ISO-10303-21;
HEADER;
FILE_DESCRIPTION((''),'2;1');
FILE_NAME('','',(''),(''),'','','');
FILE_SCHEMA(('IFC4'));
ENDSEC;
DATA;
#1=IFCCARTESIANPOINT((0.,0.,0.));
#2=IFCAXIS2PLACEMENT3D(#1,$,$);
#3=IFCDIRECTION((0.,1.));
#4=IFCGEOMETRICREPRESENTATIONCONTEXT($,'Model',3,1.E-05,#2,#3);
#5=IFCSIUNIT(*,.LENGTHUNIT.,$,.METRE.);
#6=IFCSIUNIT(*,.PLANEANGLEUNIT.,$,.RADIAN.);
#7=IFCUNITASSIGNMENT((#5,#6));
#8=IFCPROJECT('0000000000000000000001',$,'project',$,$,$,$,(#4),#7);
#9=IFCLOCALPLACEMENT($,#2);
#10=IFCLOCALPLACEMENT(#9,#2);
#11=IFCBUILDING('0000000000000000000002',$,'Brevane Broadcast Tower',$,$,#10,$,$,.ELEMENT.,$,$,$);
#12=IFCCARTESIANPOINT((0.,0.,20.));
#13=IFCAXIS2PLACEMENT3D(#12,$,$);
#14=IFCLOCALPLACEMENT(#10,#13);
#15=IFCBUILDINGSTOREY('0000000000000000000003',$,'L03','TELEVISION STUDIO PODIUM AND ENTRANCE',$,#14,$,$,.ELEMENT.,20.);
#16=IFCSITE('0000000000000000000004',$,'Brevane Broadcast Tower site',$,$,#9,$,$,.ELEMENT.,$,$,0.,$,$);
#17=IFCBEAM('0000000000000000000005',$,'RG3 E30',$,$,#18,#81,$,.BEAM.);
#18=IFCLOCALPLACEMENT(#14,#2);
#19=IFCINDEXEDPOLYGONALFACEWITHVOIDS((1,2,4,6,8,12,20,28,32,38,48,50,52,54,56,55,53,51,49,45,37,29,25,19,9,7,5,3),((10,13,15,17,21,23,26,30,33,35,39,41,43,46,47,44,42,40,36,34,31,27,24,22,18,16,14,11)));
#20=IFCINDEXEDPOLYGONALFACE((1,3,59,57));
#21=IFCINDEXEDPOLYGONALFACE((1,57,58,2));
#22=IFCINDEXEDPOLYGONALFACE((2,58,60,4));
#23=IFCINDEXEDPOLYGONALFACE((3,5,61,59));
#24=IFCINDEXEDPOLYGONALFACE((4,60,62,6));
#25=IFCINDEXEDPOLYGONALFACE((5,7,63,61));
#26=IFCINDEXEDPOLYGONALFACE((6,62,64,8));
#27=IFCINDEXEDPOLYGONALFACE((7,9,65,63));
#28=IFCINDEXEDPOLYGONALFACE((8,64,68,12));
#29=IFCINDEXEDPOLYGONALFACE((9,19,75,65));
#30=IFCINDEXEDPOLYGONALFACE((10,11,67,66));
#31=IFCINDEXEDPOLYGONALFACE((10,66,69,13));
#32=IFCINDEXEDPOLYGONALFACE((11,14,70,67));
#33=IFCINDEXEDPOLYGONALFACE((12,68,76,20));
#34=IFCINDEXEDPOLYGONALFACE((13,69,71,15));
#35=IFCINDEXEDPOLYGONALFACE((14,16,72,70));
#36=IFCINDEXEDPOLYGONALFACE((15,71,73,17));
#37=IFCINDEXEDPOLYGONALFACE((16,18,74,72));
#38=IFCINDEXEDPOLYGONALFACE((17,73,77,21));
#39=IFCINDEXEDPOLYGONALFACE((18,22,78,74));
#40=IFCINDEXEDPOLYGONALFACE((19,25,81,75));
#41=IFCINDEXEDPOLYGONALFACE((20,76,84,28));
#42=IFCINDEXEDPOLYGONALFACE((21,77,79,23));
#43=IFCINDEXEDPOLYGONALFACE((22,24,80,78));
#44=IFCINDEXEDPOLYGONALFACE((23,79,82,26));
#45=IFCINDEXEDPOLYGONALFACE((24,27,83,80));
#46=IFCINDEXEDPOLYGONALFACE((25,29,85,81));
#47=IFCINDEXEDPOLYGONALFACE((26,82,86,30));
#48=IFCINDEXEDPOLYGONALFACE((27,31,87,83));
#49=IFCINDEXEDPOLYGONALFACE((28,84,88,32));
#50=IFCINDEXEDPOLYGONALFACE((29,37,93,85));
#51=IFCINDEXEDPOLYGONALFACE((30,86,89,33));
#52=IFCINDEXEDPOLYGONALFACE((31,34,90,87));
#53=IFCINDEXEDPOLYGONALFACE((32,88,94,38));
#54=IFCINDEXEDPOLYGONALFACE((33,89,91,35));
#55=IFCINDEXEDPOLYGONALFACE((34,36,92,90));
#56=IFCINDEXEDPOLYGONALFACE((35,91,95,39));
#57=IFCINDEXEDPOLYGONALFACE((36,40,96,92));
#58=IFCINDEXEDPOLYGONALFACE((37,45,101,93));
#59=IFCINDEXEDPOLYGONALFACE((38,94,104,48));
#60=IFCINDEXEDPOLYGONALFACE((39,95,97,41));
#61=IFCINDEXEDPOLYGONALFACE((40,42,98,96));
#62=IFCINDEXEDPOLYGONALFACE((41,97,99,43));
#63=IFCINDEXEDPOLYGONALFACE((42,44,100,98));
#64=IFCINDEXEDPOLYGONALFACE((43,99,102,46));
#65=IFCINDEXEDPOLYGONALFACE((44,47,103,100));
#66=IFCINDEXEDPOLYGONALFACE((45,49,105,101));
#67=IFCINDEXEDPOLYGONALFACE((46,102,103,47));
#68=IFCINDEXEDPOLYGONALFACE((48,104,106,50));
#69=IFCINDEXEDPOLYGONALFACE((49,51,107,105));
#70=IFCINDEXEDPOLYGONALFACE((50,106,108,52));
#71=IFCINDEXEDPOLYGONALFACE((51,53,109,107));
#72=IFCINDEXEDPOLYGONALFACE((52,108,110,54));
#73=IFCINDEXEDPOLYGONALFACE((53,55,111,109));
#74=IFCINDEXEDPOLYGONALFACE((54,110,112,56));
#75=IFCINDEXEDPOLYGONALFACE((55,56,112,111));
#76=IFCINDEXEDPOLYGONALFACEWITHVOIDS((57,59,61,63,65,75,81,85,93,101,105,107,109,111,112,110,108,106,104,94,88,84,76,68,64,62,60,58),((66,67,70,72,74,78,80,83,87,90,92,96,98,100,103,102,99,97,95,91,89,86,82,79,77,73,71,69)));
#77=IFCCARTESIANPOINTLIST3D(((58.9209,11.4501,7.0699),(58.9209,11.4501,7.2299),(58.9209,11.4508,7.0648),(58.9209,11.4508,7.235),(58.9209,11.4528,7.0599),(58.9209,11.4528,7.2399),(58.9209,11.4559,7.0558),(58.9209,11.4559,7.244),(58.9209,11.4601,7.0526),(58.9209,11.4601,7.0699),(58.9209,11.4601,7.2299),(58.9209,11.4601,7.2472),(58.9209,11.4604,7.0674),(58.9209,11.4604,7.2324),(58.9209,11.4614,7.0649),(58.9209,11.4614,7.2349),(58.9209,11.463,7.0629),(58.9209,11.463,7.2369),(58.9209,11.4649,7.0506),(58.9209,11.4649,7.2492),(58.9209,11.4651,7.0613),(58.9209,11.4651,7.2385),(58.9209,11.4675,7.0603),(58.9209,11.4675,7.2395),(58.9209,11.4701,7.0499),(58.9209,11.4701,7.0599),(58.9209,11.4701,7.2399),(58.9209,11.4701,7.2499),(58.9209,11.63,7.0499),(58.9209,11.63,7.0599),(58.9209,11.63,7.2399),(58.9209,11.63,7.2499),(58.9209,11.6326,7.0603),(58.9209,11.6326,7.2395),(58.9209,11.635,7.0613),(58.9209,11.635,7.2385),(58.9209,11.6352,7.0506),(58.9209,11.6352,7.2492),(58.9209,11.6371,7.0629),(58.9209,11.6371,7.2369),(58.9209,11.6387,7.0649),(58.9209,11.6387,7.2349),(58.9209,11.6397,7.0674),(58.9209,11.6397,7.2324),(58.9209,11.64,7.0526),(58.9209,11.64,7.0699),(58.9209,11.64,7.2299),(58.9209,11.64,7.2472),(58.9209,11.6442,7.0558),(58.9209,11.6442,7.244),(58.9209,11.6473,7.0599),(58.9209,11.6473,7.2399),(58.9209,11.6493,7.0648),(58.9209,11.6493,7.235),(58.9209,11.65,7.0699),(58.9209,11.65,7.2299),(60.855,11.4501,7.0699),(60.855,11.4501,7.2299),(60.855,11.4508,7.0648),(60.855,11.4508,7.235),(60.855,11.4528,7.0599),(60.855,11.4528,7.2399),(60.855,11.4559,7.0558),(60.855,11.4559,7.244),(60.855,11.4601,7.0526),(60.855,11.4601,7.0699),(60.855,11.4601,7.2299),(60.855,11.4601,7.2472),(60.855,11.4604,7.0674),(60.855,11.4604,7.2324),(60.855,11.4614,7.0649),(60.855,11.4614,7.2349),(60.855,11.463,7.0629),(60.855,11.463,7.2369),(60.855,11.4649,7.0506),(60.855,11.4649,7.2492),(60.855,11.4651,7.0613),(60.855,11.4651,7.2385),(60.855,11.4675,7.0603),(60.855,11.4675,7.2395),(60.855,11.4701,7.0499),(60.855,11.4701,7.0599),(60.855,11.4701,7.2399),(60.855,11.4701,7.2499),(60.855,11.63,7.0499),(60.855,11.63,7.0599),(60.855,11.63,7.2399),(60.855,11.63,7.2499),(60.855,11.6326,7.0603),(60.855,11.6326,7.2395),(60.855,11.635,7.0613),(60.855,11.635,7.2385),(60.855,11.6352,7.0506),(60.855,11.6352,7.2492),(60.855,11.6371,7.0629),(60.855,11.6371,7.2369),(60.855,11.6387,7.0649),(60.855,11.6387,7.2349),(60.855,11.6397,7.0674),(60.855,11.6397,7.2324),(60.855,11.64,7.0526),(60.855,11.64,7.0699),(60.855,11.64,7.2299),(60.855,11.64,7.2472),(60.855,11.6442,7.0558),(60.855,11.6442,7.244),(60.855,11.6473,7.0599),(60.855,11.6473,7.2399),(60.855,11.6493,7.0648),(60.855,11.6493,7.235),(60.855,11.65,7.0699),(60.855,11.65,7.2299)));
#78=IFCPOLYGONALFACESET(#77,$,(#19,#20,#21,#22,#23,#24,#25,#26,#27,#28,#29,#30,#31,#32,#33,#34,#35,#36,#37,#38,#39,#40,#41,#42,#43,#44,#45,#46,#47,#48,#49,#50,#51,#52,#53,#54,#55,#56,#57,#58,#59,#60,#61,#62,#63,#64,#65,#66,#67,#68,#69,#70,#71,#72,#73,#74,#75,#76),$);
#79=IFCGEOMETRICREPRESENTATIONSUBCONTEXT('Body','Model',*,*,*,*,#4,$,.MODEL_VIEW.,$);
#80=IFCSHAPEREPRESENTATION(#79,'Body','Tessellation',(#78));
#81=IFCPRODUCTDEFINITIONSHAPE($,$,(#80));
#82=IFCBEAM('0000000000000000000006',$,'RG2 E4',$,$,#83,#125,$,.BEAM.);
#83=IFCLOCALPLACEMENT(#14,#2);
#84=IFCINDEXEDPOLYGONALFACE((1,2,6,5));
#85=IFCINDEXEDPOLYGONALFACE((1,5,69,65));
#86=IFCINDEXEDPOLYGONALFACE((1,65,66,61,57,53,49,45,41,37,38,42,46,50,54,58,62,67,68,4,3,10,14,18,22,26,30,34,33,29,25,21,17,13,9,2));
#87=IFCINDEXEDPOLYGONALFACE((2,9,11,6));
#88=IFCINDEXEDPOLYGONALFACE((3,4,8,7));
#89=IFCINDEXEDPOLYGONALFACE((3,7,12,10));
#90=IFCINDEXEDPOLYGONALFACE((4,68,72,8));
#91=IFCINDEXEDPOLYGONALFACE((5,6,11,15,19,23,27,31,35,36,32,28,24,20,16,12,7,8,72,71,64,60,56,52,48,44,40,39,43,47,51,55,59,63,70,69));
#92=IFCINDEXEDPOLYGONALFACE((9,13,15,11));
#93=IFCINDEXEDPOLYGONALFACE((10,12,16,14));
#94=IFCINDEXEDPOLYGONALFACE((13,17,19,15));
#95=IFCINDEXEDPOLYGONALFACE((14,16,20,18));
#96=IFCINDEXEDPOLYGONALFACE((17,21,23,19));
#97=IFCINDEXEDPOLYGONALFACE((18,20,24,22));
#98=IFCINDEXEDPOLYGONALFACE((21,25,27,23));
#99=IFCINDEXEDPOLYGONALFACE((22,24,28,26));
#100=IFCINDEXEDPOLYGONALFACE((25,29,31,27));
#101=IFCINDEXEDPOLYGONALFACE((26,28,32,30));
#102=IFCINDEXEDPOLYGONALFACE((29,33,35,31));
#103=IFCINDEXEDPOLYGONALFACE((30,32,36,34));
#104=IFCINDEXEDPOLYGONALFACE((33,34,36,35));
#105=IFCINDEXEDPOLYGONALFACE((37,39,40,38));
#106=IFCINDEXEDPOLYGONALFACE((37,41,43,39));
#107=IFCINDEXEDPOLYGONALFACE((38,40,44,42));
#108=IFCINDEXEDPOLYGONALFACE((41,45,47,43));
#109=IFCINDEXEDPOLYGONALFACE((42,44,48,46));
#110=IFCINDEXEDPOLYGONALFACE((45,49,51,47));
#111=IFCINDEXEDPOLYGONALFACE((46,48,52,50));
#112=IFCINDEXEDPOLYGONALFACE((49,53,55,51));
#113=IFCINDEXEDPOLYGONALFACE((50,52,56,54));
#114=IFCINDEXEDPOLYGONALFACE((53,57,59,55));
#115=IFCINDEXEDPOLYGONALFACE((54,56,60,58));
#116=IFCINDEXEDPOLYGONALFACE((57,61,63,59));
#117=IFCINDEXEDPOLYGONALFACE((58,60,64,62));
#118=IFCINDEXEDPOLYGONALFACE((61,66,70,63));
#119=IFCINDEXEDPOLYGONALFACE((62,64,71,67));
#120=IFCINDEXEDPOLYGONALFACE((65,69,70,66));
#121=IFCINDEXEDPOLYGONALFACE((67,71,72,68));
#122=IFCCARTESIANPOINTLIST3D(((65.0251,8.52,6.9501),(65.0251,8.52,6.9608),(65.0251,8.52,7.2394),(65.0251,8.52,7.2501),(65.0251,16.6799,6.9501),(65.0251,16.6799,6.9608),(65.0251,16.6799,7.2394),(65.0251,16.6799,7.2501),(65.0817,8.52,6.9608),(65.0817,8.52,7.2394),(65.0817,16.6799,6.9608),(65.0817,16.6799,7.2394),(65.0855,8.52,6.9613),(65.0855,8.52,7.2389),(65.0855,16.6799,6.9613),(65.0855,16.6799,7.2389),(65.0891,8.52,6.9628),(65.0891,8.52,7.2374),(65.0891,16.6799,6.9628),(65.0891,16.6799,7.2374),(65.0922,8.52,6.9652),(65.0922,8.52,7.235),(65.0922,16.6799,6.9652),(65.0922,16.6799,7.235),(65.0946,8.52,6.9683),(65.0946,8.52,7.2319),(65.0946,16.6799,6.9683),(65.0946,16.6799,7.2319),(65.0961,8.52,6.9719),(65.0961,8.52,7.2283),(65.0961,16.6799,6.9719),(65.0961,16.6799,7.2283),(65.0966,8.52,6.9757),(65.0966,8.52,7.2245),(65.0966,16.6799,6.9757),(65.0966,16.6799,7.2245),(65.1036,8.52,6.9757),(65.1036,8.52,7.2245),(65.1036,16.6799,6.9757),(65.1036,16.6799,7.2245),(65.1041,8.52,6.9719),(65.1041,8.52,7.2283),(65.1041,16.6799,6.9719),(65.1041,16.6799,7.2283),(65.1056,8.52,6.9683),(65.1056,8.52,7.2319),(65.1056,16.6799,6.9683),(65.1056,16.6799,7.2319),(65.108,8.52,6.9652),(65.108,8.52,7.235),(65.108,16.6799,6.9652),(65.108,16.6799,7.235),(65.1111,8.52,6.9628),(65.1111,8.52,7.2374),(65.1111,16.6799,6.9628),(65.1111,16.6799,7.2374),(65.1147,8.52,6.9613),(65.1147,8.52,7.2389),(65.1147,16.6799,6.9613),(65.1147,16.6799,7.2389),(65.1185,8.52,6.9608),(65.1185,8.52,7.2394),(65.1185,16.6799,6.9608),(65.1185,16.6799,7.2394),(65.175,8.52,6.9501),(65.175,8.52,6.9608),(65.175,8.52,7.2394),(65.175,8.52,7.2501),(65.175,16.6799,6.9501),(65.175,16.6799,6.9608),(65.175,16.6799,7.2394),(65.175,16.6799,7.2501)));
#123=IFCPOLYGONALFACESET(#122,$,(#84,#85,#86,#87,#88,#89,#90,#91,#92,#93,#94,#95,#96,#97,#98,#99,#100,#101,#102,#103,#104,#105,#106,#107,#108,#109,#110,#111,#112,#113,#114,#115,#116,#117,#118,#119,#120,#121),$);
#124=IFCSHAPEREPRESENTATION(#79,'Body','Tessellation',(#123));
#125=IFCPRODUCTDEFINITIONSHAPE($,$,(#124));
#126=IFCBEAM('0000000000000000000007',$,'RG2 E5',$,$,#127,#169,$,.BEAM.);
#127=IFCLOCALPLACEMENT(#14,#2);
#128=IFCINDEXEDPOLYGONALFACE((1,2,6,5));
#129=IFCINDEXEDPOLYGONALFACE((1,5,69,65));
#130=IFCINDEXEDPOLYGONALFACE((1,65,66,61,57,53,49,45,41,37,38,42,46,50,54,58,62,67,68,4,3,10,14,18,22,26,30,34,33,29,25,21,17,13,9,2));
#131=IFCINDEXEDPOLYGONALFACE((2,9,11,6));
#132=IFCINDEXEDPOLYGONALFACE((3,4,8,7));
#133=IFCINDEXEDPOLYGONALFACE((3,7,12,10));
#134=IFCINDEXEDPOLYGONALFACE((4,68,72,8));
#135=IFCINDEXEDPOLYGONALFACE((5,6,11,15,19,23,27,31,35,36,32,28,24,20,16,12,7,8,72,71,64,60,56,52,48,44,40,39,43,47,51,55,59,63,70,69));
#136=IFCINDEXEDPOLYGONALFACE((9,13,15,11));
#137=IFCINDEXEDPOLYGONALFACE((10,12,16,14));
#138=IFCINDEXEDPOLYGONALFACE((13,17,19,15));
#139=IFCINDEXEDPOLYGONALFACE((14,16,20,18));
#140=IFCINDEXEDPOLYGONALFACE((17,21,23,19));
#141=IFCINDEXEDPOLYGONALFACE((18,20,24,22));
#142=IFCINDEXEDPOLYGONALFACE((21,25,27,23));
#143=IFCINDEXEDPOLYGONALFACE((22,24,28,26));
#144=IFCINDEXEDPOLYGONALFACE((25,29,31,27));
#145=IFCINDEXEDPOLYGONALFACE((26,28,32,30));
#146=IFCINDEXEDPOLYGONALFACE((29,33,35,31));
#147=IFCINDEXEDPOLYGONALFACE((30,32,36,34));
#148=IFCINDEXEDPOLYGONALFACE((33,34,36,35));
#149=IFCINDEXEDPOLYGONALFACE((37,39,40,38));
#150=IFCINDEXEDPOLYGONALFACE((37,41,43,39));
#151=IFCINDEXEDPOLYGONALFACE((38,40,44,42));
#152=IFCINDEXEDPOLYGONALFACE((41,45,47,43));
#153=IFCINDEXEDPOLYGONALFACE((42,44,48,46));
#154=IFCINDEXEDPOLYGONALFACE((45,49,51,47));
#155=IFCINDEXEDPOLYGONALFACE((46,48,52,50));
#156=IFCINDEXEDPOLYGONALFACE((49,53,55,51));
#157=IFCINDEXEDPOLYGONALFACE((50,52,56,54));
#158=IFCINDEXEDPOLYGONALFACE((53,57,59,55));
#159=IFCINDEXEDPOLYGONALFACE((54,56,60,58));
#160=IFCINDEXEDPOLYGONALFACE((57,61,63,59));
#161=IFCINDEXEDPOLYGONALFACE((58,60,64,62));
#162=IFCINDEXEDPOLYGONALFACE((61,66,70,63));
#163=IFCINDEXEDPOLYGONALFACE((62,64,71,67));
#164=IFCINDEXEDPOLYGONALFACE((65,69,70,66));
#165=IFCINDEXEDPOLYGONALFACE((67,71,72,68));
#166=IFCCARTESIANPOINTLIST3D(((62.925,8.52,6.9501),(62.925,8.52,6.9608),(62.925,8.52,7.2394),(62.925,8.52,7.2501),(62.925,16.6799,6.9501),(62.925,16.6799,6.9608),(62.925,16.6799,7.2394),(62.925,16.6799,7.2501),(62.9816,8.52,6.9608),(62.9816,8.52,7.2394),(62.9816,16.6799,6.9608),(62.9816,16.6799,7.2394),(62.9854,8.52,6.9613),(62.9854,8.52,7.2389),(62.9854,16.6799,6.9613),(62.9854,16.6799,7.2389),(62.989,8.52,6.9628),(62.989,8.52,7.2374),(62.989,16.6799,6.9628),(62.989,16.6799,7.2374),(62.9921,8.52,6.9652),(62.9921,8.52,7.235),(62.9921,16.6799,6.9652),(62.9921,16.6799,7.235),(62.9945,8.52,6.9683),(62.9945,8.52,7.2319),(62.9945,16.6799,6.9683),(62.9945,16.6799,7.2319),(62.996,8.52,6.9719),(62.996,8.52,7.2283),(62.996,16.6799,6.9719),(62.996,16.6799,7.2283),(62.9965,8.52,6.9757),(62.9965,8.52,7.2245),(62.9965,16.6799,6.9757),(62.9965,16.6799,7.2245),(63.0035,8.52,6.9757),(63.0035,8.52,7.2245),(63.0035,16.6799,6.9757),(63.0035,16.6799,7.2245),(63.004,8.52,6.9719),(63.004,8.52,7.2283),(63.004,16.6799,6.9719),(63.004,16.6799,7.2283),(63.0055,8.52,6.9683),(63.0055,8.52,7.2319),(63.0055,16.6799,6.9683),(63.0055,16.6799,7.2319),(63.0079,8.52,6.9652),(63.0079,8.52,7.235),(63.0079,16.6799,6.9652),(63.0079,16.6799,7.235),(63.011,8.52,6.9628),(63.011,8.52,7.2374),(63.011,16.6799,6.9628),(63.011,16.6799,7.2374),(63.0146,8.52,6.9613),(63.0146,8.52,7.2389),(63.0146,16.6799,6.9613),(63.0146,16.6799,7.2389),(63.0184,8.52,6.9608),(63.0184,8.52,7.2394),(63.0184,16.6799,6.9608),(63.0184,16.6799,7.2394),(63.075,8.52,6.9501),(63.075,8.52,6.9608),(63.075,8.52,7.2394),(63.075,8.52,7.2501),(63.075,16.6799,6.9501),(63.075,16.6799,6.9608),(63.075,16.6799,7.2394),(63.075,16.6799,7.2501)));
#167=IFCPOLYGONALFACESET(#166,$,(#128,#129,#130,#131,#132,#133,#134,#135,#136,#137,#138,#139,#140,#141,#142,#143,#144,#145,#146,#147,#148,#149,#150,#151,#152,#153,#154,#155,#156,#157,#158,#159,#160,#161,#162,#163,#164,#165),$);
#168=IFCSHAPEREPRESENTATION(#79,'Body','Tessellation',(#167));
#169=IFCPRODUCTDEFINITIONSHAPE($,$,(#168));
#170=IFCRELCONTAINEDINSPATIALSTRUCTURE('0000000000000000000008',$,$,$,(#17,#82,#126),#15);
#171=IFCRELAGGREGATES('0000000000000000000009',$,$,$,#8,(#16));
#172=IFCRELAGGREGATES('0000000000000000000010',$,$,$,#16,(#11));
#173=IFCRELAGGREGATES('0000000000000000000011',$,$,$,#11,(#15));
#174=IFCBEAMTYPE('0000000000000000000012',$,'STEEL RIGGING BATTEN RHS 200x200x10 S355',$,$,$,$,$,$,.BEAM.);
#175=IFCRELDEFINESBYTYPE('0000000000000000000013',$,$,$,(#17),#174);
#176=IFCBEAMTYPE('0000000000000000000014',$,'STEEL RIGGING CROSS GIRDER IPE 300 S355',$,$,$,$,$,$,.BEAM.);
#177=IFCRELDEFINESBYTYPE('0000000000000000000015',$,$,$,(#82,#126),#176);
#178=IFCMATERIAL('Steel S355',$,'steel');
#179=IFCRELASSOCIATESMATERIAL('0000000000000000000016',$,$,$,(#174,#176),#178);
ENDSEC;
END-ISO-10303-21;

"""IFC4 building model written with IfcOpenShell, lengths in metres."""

from ifc_helpers import new_model, si_unit, direction, frame, origin, origin_2d, place, context, subcontext, project, spatial, hollow_rectangle, i_section, extrude, material, material_profile, profile_set, type_object, element, save


model = new_model("IFC4")

# Units and contexts
model_context = context("Model", 3, precision=1e-05, world=origin(), true_north=direction((0.0, 1.0)))
body_context = subcontext(model_context, "Body", "Model", "MODEL_VIEW")
ifc_project = project(units=[si_unit("LENGTHUNIT", "METRE"), si_unit("PLANEANGLEUNIT", "RADIAN")], contexts=[model_context])

# Site, building, storey
site_placement = place(None, origin())
site = spatial("IfcSite", under=ifc_project, at=site_placement, Name="Brevane Broadcast Tower site", CompositionType="ELEMENT", RefElevation=0.0)
building_placement = place(site_placement, origin())
building = spatial("IfcBuilding", under=site, at=building_placement, Name="Brevane Broadcast Tower", CompositionType="ELEMENT")
storey_placement = place(building_placement, frame((0.0, 0.0, 20.0)))
storey = spatial("IfcBuildingStorey", under=building, at=storey_placement, Name="L03", Description="TELEVISION STUDIO PODIUM AND ENTRANCE", CompositionType="ELEMENT", Elevation=20.0)

# Beams
ifc_material_1 = material(Name="Steel S355", Category="steel")
ifc_material_profile_1 = material_profile(ifc_material_1, hollow_rectangle(XDim=0.2, YDim=0.2, WallThickness=0.01, InnerFilletRadius=0.01, OuterFilletRadius=0.02, at=origin_2d()), Name="RHS 200x200x10")
ifc_profile_set_1 = profile_set([ifc_material_profile_1], Name="Steel S355")
beam_type_1 = type_object("IfcBeamType", Name="STEEL RIGGING BATTEN RHS 200x200x10 S355", PredefinedType="BEAM", material=ifc_profile_set_1)
beam_1_placement = place(storey_placement, frame((60.855, 11.55, 7.1499), z_axis=(-1.0, 0.0, 0.0), x_axis=(0.0, -1.0, 0.0)))
element("IfcBeam", 1, at=beam_1_placement, inside=storey, type_object=beam_type_1, Name="RG3 E30", PredefinedType="BEAM", context=body_context, shape_type="SweptSolid", body=[
    extrude(hollow_rectangle(XDim=0.2, YDim=0.2, WallThickness=0.01, InnerFilletRadius=0.01, OuterFilletRadius=0.02, at=origin_2d()), origin(), (0.0, 0.0, 1.0), 1.9341),
])
ifc_material_profile_2 = material_profile(ifc_material_1, i_section(OverallWidth=0.1499, OverallDepth=0.3, WebThickness=0.0071, FlangeThickness=0.0107, FilletRadius=0.0149, at=origin_2d()), Name="IPE 300")
ifc_profile_set_2 = profile_set([ifc_material_profile_2], Name="Steel S355")
beam_type_2 = type_object("IfcBeamType", Name="STEEL RIGGING CROSS GIRDER IPE 300 S355", PredefinedType="BEAM", material=ifc_profile_set_2)
for number, where, z_axis, x_axis, name in (
    (2, (65.1001, 8.52, 7.1001), (0.0, 1.0, 0.0), (-1.0, 0.0, 0.0), "RG2 E4"),
    (3, (63.0, 8.52, 7.1001), (0.0, 1.0, 0.0), (-1.0, 0.0, 0.0), "RG2 E5"),
):
    element("IfcBeam", number, at=place(storey_placement, frame(where, z_axis=z_axis, x_axis=x_axis)), inside=storey, type_object=beam_type_2, Name=name, PredefinedType="BEAM", context=body_context, shape_type="SweptSolid", body=[
        extrude(i_section(OverallWidth=0.1499, OverallDepth=0.3, WebThickness=0.0071, FlangeThickness=0.0107, FilletRadius=0.0149, at=origin_2d()), origin(), (0.0, 0.0, 1.0), 8.1599),
    ])

save(model, "model.ifc")
